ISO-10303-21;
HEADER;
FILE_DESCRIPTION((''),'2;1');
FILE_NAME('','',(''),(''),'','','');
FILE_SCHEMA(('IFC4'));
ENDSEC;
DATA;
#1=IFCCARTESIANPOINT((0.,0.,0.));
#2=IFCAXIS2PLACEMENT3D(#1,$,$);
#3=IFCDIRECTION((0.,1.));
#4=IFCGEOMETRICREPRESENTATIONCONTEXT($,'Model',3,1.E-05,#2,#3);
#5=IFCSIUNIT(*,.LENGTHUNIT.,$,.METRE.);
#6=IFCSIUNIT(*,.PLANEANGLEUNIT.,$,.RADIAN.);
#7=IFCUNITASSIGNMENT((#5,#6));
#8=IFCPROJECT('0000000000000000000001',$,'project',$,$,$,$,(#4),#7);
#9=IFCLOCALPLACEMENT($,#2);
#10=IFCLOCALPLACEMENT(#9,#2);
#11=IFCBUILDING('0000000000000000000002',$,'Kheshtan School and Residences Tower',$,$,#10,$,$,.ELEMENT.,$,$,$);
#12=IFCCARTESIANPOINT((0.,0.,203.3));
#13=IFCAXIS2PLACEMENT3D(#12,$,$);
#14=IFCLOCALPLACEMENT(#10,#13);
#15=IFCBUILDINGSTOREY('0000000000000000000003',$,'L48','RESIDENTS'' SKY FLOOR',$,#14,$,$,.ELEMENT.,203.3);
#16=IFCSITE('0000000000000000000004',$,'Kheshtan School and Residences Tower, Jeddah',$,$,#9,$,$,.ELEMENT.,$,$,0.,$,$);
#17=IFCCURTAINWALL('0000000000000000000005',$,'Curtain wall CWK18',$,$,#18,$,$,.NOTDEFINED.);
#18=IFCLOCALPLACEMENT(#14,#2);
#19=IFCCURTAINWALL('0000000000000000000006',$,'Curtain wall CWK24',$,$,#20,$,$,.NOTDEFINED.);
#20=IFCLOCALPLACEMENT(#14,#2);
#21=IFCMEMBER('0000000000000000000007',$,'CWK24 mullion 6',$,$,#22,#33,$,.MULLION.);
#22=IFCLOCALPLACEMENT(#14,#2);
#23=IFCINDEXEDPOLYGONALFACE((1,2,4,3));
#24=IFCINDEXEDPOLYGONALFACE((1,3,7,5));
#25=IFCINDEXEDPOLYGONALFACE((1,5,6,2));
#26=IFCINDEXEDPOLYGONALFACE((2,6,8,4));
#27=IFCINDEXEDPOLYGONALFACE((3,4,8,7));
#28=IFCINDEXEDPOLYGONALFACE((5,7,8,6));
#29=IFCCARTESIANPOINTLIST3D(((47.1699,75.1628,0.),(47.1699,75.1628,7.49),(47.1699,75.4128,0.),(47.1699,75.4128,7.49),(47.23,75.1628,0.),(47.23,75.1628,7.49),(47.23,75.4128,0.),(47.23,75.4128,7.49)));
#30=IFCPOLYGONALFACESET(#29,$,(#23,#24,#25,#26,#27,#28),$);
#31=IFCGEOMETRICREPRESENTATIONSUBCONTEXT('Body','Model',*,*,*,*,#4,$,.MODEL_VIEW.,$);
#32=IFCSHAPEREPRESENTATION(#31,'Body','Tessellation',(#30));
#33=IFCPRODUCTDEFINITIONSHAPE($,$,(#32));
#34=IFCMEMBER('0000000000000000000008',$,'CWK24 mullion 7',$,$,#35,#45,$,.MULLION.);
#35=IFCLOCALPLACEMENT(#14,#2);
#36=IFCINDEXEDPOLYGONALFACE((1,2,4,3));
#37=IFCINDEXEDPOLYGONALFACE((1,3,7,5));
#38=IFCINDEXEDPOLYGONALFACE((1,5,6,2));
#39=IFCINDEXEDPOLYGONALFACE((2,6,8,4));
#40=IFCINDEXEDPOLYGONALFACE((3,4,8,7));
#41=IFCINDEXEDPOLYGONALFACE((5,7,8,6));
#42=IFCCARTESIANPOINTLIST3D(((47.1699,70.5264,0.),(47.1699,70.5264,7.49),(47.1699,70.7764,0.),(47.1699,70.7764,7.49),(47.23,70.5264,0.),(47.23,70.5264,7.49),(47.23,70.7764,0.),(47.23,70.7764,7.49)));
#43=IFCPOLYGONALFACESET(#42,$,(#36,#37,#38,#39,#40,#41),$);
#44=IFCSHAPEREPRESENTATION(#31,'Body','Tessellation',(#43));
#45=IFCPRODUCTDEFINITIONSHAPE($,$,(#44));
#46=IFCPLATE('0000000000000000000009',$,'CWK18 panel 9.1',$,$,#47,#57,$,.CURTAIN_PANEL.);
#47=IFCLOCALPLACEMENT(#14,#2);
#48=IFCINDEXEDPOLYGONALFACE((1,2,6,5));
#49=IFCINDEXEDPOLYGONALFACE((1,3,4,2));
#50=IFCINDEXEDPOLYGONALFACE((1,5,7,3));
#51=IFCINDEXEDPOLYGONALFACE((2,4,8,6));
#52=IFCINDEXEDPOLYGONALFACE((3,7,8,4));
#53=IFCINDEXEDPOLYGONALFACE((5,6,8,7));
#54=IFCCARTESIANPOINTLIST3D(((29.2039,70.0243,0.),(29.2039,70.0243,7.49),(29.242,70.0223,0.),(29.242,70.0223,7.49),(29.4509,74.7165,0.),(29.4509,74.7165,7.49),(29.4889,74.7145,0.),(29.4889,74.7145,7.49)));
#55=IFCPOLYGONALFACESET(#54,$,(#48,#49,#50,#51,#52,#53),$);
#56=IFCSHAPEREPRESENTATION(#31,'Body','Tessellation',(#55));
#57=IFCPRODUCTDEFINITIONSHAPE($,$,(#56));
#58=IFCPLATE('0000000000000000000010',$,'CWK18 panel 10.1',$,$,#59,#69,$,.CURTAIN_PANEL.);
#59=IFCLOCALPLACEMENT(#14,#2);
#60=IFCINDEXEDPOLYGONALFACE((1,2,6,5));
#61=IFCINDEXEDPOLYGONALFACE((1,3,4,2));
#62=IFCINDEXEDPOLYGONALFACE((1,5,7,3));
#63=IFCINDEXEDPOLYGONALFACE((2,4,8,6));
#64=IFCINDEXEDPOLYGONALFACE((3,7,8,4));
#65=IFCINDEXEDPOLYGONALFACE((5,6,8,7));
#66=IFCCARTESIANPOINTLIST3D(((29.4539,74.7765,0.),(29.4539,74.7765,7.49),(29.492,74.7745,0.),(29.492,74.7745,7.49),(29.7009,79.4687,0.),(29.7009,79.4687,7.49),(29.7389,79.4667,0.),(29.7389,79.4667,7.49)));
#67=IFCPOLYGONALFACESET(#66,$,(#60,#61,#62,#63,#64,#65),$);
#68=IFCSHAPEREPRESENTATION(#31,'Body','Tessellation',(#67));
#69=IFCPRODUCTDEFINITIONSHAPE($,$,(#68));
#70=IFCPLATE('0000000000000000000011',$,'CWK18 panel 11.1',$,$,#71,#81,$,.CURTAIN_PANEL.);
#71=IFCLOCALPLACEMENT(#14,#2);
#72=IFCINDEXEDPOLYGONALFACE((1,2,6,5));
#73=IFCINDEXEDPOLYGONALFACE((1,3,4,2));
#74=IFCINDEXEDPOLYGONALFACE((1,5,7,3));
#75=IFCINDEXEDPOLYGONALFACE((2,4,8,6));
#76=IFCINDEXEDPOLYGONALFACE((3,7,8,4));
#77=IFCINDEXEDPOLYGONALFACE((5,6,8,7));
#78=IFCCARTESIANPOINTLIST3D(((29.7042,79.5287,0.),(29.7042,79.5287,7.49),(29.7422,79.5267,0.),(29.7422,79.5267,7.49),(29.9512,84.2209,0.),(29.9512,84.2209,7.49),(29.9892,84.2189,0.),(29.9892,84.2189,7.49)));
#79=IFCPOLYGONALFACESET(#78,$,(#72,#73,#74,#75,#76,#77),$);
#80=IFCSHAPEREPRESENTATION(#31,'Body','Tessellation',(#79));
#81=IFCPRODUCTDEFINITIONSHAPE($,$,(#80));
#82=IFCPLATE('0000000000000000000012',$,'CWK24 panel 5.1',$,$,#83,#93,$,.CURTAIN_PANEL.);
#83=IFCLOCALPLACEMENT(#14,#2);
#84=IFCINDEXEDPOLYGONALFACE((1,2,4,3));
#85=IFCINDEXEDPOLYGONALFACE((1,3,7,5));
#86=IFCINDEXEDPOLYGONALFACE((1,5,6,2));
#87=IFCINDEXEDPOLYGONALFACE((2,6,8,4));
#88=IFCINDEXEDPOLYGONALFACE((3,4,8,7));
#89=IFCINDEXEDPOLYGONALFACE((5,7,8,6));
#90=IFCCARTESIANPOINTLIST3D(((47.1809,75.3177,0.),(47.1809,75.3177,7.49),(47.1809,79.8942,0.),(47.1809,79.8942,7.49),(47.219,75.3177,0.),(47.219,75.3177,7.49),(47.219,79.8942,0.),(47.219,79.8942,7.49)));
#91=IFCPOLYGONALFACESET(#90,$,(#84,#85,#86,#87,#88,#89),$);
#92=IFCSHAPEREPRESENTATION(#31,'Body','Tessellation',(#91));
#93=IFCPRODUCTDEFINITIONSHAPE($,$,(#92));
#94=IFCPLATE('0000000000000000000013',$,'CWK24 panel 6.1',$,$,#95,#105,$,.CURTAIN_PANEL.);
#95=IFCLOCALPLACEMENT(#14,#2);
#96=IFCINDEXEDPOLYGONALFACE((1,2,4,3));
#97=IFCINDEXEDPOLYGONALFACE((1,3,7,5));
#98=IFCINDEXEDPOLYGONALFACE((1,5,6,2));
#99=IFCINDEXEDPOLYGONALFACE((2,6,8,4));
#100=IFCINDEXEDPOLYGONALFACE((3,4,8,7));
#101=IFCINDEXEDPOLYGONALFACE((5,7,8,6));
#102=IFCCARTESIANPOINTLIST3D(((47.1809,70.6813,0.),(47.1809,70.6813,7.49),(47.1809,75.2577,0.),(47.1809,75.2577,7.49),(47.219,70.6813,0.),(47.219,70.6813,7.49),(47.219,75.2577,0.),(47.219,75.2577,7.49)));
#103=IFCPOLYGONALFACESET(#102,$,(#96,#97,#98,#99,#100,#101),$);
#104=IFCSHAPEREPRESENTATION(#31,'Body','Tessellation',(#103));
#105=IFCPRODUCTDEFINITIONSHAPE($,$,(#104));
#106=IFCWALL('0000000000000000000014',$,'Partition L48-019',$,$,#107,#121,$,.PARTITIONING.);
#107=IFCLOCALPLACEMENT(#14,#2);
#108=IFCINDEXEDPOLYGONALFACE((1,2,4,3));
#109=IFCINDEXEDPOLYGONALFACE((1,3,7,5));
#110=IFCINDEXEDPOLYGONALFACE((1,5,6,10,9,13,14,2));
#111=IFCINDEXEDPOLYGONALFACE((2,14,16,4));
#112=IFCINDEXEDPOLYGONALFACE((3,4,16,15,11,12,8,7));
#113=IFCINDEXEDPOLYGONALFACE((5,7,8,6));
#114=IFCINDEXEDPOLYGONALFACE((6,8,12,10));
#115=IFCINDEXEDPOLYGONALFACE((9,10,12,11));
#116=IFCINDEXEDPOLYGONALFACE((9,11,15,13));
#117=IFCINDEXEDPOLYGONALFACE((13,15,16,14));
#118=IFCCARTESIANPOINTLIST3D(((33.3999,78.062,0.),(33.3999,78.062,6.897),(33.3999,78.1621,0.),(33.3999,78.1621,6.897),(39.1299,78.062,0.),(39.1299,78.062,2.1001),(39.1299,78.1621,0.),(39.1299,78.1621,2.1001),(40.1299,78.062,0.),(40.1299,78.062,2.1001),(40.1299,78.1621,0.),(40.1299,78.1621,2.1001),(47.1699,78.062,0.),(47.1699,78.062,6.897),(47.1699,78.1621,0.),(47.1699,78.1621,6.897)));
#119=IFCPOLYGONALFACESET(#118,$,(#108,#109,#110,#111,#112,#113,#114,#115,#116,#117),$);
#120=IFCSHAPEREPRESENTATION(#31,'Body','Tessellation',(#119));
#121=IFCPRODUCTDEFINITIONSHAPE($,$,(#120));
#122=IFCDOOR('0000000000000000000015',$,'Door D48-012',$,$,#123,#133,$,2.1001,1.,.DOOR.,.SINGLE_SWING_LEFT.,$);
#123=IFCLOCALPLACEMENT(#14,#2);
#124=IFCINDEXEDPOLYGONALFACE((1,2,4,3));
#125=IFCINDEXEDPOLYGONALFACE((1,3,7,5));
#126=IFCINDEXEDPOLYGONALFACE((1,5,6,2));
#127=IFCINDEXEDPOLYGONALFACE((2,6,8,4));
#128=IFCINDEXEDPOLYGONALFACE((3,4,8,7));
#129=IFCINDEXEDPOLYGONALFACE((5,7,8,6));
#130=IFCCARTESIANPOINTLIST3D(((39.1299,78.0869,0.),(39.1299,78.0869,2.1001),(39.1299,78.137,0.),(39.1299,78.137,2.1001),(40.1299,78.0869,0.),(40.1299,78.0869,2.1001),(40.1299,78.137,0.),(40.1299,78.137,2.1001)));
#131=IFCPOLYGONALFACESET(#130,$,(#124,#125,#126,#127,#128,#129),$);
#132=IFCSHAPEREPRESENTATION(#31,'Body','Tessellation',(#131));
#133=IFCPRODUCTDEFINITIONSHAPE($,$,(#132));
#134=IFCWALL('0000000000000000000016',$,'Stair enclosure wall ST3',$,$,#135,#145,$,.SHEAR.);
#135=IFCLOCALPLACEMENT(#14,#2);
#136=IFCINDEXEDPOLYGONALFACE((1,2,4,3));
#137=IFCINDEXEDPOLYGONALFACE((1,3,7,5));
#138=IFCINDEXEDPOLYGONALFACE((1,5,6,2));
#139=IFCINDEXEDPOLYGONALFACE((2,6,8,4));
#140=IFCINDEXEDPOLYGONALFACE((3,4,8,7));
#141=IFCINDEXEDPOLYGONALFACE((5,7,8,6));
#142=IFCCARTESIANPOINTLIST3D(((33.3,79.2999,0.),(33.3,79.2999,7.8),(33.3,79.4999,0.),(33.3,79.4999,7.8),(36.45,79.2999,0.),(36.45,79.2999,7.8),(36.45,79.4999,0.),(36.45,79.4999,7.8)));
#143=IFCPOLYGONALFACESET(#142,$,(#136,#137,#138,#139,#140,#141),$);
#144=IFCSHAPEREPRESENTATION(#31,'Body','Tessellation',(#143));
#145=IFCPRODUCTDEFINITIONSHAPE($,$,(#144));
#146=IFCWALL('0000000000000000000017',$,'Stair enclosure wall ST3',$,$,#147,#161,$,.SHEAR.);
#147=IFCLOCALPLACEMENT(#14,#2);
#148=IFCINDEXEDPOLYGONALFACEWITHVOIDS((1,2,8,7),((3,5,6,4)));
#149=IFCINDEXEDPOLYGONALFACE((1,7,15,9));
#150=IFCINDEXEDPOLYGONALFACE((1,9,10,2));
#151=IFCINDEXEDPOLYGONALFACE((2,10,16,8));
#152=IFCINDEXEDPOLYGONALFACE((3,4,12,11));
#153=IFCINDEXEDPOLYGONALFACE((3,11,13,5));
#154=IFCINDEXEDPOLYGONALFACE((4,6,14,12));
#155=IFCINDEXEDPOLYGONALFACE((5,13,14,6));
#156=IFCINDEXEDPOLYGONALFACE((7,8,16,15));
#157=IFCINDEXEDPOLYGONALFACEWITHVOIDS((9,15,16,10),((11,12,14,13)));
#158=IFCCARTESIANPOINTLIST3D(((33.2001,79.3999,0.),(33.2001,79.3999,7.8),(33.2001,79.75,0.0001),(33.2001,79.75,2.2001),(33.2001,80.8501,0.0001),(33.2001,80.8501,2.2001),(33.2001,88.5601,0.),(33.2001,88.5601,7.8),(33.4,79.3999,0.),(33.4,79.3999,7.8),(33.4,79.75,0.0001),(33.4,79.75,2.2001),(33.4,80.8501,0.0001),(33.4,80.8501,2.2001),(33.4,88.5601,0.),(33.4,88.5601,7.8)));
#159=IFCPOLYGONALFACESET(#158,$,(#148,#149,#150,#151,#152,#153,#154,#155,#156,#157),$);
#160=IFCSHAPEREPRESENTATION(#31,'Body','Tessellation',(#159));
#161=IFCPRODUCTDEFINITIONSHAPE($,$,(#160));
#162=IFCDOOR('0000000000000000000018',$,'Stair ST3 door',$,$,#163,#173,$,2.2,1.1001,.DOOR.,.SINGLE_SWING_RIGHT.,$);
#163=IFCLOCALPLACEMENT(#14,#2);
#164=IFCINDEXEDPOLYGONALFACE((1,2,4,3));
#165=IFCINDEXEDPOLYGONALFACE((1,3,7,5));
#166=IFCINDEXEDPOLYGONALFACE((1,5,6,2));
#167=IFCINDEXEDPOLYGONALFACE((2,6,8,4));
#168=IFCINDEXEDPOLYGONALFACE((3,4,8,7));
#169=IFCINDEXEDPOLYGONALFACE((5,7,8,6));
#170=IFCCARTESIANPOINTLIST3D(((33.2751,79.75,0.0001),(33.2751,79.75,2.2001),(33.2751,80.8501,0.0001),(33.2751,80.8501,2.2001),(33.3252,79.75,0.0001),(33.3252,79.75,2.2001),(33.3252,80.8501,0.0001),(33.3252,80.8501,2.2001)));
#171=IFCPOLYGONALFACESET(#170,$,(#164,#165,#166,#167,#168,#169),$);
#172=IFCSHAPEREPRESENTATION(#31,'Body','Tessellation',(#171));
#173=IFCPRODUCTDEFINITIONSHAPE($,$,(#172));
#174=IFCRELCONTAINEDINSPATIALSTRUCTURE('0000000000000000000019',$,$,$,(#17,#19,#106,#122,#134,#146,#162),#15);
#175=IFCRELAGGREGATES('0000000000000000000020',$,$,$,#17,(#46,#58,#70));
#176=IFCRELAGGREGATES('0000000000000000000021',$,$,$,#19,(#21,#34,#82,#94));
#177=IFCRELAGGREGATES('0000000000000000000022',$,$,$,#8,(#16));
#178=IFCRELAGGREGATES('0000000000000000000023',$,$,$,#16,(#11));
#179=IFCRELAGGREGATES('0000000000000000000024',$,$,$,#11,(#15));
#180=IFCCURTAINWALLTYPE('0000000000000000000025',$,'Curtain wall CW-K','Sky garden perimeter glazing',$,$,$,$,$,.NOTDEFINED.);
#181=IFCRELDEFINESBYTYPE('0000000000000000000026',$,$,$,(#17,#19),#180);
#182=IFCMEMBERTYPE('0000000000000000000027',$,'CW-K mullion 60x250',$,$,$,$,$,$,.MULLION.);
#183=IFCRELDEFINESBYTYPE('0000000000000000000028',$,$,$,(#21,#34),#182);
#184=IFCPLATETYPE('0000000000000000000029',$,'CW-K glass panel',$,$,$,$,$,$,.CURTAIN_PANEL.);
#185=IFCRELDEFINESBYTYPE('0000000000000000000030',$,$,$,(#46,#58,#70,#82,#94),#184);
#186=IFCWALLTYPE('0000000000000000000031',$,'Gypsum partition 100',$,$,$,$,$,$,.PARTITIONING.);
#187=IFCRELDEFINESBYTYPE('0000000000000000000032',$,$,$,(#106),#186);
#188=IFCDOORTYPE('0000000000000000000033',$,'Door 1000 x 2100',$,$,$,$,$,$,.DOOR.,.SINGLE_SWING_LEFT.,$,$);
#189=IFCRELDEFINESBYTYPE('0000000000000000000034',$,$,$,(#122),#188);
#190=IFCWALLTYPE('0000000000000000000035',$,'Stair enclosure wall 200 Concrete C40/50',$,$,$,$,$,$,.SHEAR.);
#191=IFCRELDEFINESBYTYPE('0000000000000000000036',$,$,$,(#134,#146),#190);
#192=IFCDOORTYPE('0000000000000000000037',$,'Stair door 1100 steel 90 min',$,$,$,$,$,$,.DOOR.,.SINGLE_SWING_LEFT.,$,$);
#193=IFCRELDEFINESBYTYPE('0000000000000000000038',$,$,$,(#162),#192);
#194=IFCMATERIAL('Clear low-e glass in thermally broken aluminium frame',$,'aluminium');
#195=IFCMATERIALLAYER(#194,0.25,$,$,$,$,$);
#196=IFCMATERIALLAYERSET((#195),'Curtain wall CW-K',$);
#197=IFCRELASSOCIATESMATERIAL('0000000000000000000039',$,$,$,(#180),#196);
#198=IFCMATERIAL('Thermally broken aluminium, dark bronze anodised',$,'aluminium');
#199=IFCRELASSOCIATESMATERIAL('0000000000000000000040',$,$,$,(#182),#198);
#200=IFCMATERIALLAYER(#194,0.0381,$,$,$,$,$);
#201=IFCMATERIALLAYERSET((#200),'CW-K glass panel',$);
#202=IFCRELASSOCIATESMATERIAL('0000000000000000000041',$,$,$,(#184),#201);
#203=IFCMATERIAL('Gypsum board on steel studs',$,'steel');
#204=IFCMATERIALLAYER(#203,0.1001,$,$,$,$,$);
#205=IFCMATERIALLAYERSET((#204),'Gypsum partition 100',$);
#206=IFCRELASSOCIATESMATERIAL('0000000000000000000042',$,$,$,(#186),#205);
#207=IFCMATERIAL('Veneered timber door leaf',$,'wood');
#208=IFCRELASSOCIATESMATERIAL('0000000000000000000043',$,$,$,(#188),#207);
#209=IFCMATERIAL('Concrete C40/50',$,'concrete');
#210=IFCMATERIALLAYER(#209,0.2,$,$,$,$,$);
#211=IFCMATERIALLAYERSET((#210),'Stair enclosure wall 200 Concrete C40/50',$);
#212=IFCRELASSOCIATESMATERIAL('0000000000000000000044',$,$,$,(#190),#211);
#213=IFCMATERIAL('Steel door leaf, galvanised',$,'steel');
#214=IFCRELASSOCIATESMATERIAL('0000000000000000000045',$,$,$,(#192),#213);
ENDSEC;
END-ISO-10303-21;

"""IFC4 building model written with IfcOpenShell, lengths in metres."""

from ifc_helpers import new_model, si_unit, direction, frame, frame_2d, origin, origin_2d, place, context, subcontext, project, spatial, rectangle, extrude, source, transform, mapped, material, layer, layer_set, material_profile, profile_set, type_object, element, fill, aggregate, save


model = new_model("IFC4")

# Units and contexts
model_context = context("Model", 3, precision=1e-05, world=origin(), true_north=direction((0.0, 1.0)))
body_context = subcontext(model_context, "Body", "Model", "MODEL_VIEW")
ifc_project = project(units=[si_unit("LENGTHUNIT", "METRE"), si_unit("PLANEANGLEUNIT", "RADIAN")], contexts=[model_context])

# Site, building, storey
site_placement = place(None, origin())
site = spatial("IfcSite", under=ifc_project, at=site_placement, Name="Kheshtan School and Residences Tower, Jeddah", CompositionType="ELEMENT", RefElevation=0.0)
building_placement = place(site_placement, origin())
building = spatial("IfcBuilding", under=site, at=building_placement, Name="Kheshtan School and Residences Tower", CompositionType="ELEMENT")
storey_placement = place(building_placement, frame((0.0, 0.0, 203.3)))
storey = spatial("IfcBuildingStorey", under=building, at=storey_placement, Name="L48", Description="RESIDENTS' SKY FLOOR", CompositionType="ELEMENT", Elevation=203.3)

# Curtain walls, members
ifc_material_1 = material(Name="Clear low-e glass in thermally broken aluminium frame", Category="aluminium")
ifc_layer_1 = layer(ifc_material_1, 0.25)
ifc_layer_set_1 = layer_set([ifc_layer_1], Name="Curtain wall CW-K")
curtain_wall_type = type_object("IfcCurtainWallType", Name="Curtain wall CW-K", Description="Sky garden perimeter glazing", PredefinedType="NOTDEFINED", material=ifc_layer_set_1)
curtain_wall_1_placement = place(storey_placement, origin())
curtain_wall_1 = element("IfcCurtainWall", 1, at=curtain_wall_1_placement, inside=storey, type_object=curtain_wall_type, Name="Curtain wall CWK18", PredefinedType="NOTDEFINED")
ifc_material_2 = material(Name="Thermally broken aluminium, dark bronze anodised", Category="aluminium")
ifc_material_profile_1 = material_profile(ifc_material_2, rectangle(XDim=0.0601, YDim=0.25, at=origin_2d()), Name="CW-K mullion 60x250")
ifc_profile_set_1 = profile_set([ifc_material_profile_1], Name="Thermally broken aluminium, dark bronze anodised")
member_type = type_object("IfcMemberType", Name="CW-K mullion 60x250", PredefinedType="MULLION", material=ifc_profile_set_1)
curtain_wall_2_placement = place(storey_placement, origin())
curtain_wall_2 = element("IfcCurtainWall", 2, at=curtain_wall_2_placement, inside=storey, type_object=curtain_wall_type, Name="Curtain wall CWK24", PredefinedType="NOTDEFINED")
member_1_placement = place(storey_placement, frame((47.2, 75.2878, 0.0), z_axis=(0.0, 0.0, 1.0), x_axis=(1.0, 0.0, 0.0)))
member_1 = element("IfcMember", 3, at=member_1_placement, type_object=member_type, Name="CWK24 mullion 6", PredefinedType="MULLION", context=body_context, shape_type="SweptSolid", body=[
    extrude(rectangle(XDim=0.0601, YDim=0.25, at=origin_2d()), origin(), (0.0, 0.0, 1.0), 7.49),
])
member_2_placement = place(storey_placement, frame((47.2, 70.6514, 0.0), z_axis=(0.0, 0.0, 1.0), x_axis=(1.0, 0.0, 0.0)))
member_2 = element("IfcMember", 4, at=member_2_placement, type_object=member_type, Name="CWK24 mullion 7", PredefinedType="MULLION", context=body_context, shape_type="SweptSolid", body=[
    extrude(rectangle(XDim=0.0601, YDim=0.25, at=origin_2d()), origin(), (0.0, 0.0, 1.0), 7.49),
])

# Plates
ifc_layer_2 = layer(ifc_material_1, 0.0381)
ifc_layer_set_2 = layer_set([ifc_layer_2], Name="CW-K glass panel")
plate_type = type_object("IfcPlateType", Name="CW-K glass panel", PredefinedType="CURTAIN_PANEL", material=ifc_layer_set_2)
plate_1_placement = place(storey_placement, frame((29.3464, 72.3694, 0.0), z_axis=(0.0, 0.0, 1.0), x_axis=(0.052565, 0.998617, 0.0)))
plate_1 = element("IfcPlate", 5, at=plate_1_placement, type_object=plate_type, Name="CWK18 panel 9.1", PredefinedType="CURTAIN_PANEL", context=body_context, shape_type="SweptSolid", body=[
    extrude(rectangle(XDim=4.6987, YDim=0.0381, at=origin_2d()), origin(), (0.0, 0.0, 1.0), 7.49),
])
plate_2_placement = place(storey_placement, frame((29.5964, 77.1216, 0.0), z_axis=(0.0, 0.0, 1.0), x_axis=(0.052565, 0.998617, 0.0)))
plate_2 = element("IfcPlate", 6, at=plate_2_placement, type_object=plate_type, Name="CWK18 panel 10.1", PredefinedType="CURTAIN_PANEL", context=body_context, shape_type="SweptSolid", body=[
    extrude(rectangle(XDim=4.6987, YDim=0.0381, at=origin_2d()), origin(), (0.0, 0.0, 1.0), 7.49),
])
plate_3_placement = place(storey_placement, frame((29.8467, 81.8738, 0.0), z_axis=(0.0, 0.0, 1.0), x_axis=(0.052565, 0.998617, 0.0)))
plate_3 = element("IfcPlate", 7, at=plate_3_placement, type_object=plate_type, Name="CWK18 panel 11.1", PredefinedType="CURTAIN_PANEL", context=body_context, shape_type="SweptSolid", body=[
    extrude(rectangle(XDim=4.6987, YDim=0.0381, at=origin_2d()), origin(), (0.0, 0.0, 1.0), 7.49),
])
aggregate(curtain_wall_1, [plate_1, plate_2, plate_3])
plate_4_placement = place(storey_placement, frame((47.2, 77.606, 0.0), z_axis=(0.0, 0.0, 1.0), x_axis=(0.0, -1.0, 0.0)))
plate_4 = element("IfcPlate", 8, at=plate_4_placement, type_object=plate_type, Name="CWK24 panel 5.1", PredefinedType="CURTAIN_PANEL", context=body_context, shape_type="SweptSolid", body=[
    extrude(rectangle(XDim=4.5764, YDim=0.0381, at=origin_2d()), origin(), (0.0, 0.0, 1.0), 7.49),
])
plate_5_placement = place(storey_placement, frame((47.2, 72.9695, 0.0), z_axis=(0.0, 0.0, 1.0), x_axis=(0.0, -1.0, 0.0)))
plate_5 = element("IfcPlate", 9, at=plate_5_placement, type_object=plate_type, Name="CWK24 panel 6.1", PredefinedType="CURTAIN_PANEL", context=body_context, shape_type="SweptSolid", body=[
    extrude(rectangle(XDim=4.5764, YDim=0.0381, at=origin_2d()), origin(), (0.0, 0.0, 1.0), 7.49),
])
aggregate(curtain_wall_2, [member_1, member_2, plate_4, plate_5])

# Wall, opening, door
ifc_material_3 = material(Name="Gypsum board on steel studs", Category="steel")
ifc_layer_3 = layer(ifc_material_3, 0.1001)
ifc_layer_set_3 = layer_set([ifc_layer_3], Name="Gypsum partition 100")
wall_type_1 = type_object("IfcWallType", Name="Gypsum partition 100", PredefinedType="PARTITIONING", material=ifc_layer_set_3)
wall_1_placement = place(storey_placement, frame((33.3999, 78.1121, 0.0), z_axis=(0.0, 0.0, 1.0), x_axis=(1.0, 0.0, 0.0)))
wall_1 = element("IfcWall", 10, at=wall_1_placement, inside=storey, type_object=wall_type_1, Name="Partition L48-019", PredefinedType="PARTITIONING", context=body_context, shape_type="SweptSolid", body=[
    extrude(rectangle(XDim=13.77, YDim=0.1001, at=frame_2d((6.885, 0.0))), origin(), (0.0, 0.0, 1.0), 6.897),
])
opening_1_placement = place(wall_1_placement, frame((5.73, 0.0, 0.0)))
opening_1 = element("IfcOpeningElement", 11, at=opening_1_placement, cuts=wall_1, PredefinedType="OPENING", context=body_context, shape_type="SweptSolid", body=[
    extrude(rectangle(XDim=1.0, YDim=2.1001, at=frame_2d((0.5, 1.05))), frame((0.0, 0.0601, 0.0), z_axis=(0.0, -1.0, 0.0), x_axis=(1.0, 0.0, 0.0)), (0.0, 0.0, 1.0), 0.1201),
])
ifc_material_4 = material(Name="Veneered timber door leaf", Category="wood")
door_type_1 = type_object("IfcDoorType", Name="Door 1000 x 2100", OperationType="SINGLE_SWING_LEFT", PredefinedType="DOOR", material=ifc_material_4)
shared_shape_1 = source(origin(), body_context, "Body", "SweptSolid", [
    extrude(rectangle(XDim=1.0, YDim=2.1001, at=frame_2d((0.5, 1.05))), frame((0.0, 0.0249, 0.0), z_axis=(0.0, -1.0, 0.0), x_axis=(1.0, 0.0, 0.0)), (0.0, 0.0, 1.0), 0.05),
])
door_1_placement = place(opening_1_placement, origin())
door_1 = element("IfcDoor", 12, at=door_1_placement, inside=storey, type_object=door_type_1, Name="Door D48-012", OperationType="SINGLE_SWING_LEFT", OverallHeight=2.1001, OverallWidth=1.0, PredefinedType="DOOR", context=body_context, shape_type="MappedRepresentation", body=[
    mapped(shared_shape_1, transform((0.0, 0.0, 0.0), x_axis=(1.0, 0.0, 0.0), y_axis=(0.0, 1.0, 0.0), z_axis=(0.0, 0.0, 1.0), scale=1.0)),
])
fill(opening_1, door_1)

# Wall
ifc_material_5 = material(Name="Concrete C40/50", Category="concrete")
ifc_layer_4 = layer(ifc_material_5, 0.2)
ifc_layer_set_4 = layer_set([ifc_layer_4], Name="Stair enclosure wall 200 Concrete C40/50")
wall_type_2 = type_object("IfcWallType", Name="Stair enclosure wall 200 Concrete C40/50", PredefinedType="SHEAR", material=ifc_layer_set_4)
wall_2_placement = place(storey_placement, frame((33.3, 79.3999, 0.0), z_axis=(0.0, 0.0, 1.0), x_axis=(1.0, 0.0, 0.0)))
element("IfcWall", 13, at=wall_2_placement, inside=storey, type_object=wall_type_2, Name="Stair enclosure wall ST3", PredefinedType="SHEAR", context=body_context, shape_type="SweptSolid", body=[
    extrude(rectangle(XDim=3.1499, YDim=0.2, at=frame_2d((1.575, 0.0))), origin(), (0.0, 0.0, 1.0), 7.8),
])

# Wall, opening, door
wall_3_placement = place(storey_placement, frame((33.3, 79.3999, 0.0), z_axis=(0.0, 0.0, 1.0), x_axis=(0.0, 1.0, 0.0)))
wall_3 = element("IfcWall", 14, at=wall_3_placement, inside=storey, type_object=wall_type_2, Name="Stair enclosure wall ST3", PredefinedType="SHEAR", context=body_context, shape_type="SweptSolid", body=[
    extrude(rectangle(XDim=9.1602, YDim=0.2, at=frame_2d((4.5801, 0.0))), origin(), (0.0, 0.0, 1.0), 7.8),
])
opening_2_placement = place(wall_3_placement, frame((0.3501, 0.0, 0.0)))
opening_2 = element("IfcOpeningElement", 15, at=opening_2_placement, cuts=wall_3, PredefinedType="OPENING", context=body_context, shape_type="SweptSolid", body=[
    extrude(rectangle(XDim=1.1001, YDim=2.2, at=frame_2d((0.55, 1.1001))), frame((0.0, 0.1099, 0.0), z_axis=(0.0, -1.0, 0.0), x_axis=(1.0, 0.0, 0.0)), (0.0, 0.0, 1.0), 0.22),
])
ifc_material_6 = material(Name="Steel door leaf, galvanised", Category="steel")
door_type_2 = type_object("IfcDoorType", Name="Stair door 1100 steel 90 min", OperationType="SINGLE_SWING_LEFT", PredefinedType="DOOR", material=ifc_material_6)
shared_shape_2 = source(origin(), body_context, "Body", "SweptSolid", [
    extrude(rectangle(XDim=1.1001, YDim=2.2, at=frame_2d((0.55, 1.1001))), frame((0.0, 0.0249, 0.0), z_axis=(0.0, -1.0, 0.0), x_axis=(1.0, 0.0, 0.0)), (0.0, 0.0, 1.0), 0.05),
])
door_2_placement = place(opening_2_placement, origin())
door_2 = element("IfcDoor", 16, at=door_2_placement, inside=storey, type_object=door_type_2, Name="Stair ST3 door", OperationType="SINGLE_SWING_RIGHT", OverallHeight=2.2, OverallWidth=1.1001, PredefinedType="DOOR", context=body_context, shape_type="MappedRepresentation", body=[
    mapped(shared_shape_2, transform((0.0, 0.0, 0.0), x_axis=(1.0, 0.0, 0.0), y_axis=(0.0, 1.0, 0.0), z_axis=(0.0, 0.0, 1.0), scale=1.0)),
])
fill(opening_2, door_2)

save(model, "model.ifc")
